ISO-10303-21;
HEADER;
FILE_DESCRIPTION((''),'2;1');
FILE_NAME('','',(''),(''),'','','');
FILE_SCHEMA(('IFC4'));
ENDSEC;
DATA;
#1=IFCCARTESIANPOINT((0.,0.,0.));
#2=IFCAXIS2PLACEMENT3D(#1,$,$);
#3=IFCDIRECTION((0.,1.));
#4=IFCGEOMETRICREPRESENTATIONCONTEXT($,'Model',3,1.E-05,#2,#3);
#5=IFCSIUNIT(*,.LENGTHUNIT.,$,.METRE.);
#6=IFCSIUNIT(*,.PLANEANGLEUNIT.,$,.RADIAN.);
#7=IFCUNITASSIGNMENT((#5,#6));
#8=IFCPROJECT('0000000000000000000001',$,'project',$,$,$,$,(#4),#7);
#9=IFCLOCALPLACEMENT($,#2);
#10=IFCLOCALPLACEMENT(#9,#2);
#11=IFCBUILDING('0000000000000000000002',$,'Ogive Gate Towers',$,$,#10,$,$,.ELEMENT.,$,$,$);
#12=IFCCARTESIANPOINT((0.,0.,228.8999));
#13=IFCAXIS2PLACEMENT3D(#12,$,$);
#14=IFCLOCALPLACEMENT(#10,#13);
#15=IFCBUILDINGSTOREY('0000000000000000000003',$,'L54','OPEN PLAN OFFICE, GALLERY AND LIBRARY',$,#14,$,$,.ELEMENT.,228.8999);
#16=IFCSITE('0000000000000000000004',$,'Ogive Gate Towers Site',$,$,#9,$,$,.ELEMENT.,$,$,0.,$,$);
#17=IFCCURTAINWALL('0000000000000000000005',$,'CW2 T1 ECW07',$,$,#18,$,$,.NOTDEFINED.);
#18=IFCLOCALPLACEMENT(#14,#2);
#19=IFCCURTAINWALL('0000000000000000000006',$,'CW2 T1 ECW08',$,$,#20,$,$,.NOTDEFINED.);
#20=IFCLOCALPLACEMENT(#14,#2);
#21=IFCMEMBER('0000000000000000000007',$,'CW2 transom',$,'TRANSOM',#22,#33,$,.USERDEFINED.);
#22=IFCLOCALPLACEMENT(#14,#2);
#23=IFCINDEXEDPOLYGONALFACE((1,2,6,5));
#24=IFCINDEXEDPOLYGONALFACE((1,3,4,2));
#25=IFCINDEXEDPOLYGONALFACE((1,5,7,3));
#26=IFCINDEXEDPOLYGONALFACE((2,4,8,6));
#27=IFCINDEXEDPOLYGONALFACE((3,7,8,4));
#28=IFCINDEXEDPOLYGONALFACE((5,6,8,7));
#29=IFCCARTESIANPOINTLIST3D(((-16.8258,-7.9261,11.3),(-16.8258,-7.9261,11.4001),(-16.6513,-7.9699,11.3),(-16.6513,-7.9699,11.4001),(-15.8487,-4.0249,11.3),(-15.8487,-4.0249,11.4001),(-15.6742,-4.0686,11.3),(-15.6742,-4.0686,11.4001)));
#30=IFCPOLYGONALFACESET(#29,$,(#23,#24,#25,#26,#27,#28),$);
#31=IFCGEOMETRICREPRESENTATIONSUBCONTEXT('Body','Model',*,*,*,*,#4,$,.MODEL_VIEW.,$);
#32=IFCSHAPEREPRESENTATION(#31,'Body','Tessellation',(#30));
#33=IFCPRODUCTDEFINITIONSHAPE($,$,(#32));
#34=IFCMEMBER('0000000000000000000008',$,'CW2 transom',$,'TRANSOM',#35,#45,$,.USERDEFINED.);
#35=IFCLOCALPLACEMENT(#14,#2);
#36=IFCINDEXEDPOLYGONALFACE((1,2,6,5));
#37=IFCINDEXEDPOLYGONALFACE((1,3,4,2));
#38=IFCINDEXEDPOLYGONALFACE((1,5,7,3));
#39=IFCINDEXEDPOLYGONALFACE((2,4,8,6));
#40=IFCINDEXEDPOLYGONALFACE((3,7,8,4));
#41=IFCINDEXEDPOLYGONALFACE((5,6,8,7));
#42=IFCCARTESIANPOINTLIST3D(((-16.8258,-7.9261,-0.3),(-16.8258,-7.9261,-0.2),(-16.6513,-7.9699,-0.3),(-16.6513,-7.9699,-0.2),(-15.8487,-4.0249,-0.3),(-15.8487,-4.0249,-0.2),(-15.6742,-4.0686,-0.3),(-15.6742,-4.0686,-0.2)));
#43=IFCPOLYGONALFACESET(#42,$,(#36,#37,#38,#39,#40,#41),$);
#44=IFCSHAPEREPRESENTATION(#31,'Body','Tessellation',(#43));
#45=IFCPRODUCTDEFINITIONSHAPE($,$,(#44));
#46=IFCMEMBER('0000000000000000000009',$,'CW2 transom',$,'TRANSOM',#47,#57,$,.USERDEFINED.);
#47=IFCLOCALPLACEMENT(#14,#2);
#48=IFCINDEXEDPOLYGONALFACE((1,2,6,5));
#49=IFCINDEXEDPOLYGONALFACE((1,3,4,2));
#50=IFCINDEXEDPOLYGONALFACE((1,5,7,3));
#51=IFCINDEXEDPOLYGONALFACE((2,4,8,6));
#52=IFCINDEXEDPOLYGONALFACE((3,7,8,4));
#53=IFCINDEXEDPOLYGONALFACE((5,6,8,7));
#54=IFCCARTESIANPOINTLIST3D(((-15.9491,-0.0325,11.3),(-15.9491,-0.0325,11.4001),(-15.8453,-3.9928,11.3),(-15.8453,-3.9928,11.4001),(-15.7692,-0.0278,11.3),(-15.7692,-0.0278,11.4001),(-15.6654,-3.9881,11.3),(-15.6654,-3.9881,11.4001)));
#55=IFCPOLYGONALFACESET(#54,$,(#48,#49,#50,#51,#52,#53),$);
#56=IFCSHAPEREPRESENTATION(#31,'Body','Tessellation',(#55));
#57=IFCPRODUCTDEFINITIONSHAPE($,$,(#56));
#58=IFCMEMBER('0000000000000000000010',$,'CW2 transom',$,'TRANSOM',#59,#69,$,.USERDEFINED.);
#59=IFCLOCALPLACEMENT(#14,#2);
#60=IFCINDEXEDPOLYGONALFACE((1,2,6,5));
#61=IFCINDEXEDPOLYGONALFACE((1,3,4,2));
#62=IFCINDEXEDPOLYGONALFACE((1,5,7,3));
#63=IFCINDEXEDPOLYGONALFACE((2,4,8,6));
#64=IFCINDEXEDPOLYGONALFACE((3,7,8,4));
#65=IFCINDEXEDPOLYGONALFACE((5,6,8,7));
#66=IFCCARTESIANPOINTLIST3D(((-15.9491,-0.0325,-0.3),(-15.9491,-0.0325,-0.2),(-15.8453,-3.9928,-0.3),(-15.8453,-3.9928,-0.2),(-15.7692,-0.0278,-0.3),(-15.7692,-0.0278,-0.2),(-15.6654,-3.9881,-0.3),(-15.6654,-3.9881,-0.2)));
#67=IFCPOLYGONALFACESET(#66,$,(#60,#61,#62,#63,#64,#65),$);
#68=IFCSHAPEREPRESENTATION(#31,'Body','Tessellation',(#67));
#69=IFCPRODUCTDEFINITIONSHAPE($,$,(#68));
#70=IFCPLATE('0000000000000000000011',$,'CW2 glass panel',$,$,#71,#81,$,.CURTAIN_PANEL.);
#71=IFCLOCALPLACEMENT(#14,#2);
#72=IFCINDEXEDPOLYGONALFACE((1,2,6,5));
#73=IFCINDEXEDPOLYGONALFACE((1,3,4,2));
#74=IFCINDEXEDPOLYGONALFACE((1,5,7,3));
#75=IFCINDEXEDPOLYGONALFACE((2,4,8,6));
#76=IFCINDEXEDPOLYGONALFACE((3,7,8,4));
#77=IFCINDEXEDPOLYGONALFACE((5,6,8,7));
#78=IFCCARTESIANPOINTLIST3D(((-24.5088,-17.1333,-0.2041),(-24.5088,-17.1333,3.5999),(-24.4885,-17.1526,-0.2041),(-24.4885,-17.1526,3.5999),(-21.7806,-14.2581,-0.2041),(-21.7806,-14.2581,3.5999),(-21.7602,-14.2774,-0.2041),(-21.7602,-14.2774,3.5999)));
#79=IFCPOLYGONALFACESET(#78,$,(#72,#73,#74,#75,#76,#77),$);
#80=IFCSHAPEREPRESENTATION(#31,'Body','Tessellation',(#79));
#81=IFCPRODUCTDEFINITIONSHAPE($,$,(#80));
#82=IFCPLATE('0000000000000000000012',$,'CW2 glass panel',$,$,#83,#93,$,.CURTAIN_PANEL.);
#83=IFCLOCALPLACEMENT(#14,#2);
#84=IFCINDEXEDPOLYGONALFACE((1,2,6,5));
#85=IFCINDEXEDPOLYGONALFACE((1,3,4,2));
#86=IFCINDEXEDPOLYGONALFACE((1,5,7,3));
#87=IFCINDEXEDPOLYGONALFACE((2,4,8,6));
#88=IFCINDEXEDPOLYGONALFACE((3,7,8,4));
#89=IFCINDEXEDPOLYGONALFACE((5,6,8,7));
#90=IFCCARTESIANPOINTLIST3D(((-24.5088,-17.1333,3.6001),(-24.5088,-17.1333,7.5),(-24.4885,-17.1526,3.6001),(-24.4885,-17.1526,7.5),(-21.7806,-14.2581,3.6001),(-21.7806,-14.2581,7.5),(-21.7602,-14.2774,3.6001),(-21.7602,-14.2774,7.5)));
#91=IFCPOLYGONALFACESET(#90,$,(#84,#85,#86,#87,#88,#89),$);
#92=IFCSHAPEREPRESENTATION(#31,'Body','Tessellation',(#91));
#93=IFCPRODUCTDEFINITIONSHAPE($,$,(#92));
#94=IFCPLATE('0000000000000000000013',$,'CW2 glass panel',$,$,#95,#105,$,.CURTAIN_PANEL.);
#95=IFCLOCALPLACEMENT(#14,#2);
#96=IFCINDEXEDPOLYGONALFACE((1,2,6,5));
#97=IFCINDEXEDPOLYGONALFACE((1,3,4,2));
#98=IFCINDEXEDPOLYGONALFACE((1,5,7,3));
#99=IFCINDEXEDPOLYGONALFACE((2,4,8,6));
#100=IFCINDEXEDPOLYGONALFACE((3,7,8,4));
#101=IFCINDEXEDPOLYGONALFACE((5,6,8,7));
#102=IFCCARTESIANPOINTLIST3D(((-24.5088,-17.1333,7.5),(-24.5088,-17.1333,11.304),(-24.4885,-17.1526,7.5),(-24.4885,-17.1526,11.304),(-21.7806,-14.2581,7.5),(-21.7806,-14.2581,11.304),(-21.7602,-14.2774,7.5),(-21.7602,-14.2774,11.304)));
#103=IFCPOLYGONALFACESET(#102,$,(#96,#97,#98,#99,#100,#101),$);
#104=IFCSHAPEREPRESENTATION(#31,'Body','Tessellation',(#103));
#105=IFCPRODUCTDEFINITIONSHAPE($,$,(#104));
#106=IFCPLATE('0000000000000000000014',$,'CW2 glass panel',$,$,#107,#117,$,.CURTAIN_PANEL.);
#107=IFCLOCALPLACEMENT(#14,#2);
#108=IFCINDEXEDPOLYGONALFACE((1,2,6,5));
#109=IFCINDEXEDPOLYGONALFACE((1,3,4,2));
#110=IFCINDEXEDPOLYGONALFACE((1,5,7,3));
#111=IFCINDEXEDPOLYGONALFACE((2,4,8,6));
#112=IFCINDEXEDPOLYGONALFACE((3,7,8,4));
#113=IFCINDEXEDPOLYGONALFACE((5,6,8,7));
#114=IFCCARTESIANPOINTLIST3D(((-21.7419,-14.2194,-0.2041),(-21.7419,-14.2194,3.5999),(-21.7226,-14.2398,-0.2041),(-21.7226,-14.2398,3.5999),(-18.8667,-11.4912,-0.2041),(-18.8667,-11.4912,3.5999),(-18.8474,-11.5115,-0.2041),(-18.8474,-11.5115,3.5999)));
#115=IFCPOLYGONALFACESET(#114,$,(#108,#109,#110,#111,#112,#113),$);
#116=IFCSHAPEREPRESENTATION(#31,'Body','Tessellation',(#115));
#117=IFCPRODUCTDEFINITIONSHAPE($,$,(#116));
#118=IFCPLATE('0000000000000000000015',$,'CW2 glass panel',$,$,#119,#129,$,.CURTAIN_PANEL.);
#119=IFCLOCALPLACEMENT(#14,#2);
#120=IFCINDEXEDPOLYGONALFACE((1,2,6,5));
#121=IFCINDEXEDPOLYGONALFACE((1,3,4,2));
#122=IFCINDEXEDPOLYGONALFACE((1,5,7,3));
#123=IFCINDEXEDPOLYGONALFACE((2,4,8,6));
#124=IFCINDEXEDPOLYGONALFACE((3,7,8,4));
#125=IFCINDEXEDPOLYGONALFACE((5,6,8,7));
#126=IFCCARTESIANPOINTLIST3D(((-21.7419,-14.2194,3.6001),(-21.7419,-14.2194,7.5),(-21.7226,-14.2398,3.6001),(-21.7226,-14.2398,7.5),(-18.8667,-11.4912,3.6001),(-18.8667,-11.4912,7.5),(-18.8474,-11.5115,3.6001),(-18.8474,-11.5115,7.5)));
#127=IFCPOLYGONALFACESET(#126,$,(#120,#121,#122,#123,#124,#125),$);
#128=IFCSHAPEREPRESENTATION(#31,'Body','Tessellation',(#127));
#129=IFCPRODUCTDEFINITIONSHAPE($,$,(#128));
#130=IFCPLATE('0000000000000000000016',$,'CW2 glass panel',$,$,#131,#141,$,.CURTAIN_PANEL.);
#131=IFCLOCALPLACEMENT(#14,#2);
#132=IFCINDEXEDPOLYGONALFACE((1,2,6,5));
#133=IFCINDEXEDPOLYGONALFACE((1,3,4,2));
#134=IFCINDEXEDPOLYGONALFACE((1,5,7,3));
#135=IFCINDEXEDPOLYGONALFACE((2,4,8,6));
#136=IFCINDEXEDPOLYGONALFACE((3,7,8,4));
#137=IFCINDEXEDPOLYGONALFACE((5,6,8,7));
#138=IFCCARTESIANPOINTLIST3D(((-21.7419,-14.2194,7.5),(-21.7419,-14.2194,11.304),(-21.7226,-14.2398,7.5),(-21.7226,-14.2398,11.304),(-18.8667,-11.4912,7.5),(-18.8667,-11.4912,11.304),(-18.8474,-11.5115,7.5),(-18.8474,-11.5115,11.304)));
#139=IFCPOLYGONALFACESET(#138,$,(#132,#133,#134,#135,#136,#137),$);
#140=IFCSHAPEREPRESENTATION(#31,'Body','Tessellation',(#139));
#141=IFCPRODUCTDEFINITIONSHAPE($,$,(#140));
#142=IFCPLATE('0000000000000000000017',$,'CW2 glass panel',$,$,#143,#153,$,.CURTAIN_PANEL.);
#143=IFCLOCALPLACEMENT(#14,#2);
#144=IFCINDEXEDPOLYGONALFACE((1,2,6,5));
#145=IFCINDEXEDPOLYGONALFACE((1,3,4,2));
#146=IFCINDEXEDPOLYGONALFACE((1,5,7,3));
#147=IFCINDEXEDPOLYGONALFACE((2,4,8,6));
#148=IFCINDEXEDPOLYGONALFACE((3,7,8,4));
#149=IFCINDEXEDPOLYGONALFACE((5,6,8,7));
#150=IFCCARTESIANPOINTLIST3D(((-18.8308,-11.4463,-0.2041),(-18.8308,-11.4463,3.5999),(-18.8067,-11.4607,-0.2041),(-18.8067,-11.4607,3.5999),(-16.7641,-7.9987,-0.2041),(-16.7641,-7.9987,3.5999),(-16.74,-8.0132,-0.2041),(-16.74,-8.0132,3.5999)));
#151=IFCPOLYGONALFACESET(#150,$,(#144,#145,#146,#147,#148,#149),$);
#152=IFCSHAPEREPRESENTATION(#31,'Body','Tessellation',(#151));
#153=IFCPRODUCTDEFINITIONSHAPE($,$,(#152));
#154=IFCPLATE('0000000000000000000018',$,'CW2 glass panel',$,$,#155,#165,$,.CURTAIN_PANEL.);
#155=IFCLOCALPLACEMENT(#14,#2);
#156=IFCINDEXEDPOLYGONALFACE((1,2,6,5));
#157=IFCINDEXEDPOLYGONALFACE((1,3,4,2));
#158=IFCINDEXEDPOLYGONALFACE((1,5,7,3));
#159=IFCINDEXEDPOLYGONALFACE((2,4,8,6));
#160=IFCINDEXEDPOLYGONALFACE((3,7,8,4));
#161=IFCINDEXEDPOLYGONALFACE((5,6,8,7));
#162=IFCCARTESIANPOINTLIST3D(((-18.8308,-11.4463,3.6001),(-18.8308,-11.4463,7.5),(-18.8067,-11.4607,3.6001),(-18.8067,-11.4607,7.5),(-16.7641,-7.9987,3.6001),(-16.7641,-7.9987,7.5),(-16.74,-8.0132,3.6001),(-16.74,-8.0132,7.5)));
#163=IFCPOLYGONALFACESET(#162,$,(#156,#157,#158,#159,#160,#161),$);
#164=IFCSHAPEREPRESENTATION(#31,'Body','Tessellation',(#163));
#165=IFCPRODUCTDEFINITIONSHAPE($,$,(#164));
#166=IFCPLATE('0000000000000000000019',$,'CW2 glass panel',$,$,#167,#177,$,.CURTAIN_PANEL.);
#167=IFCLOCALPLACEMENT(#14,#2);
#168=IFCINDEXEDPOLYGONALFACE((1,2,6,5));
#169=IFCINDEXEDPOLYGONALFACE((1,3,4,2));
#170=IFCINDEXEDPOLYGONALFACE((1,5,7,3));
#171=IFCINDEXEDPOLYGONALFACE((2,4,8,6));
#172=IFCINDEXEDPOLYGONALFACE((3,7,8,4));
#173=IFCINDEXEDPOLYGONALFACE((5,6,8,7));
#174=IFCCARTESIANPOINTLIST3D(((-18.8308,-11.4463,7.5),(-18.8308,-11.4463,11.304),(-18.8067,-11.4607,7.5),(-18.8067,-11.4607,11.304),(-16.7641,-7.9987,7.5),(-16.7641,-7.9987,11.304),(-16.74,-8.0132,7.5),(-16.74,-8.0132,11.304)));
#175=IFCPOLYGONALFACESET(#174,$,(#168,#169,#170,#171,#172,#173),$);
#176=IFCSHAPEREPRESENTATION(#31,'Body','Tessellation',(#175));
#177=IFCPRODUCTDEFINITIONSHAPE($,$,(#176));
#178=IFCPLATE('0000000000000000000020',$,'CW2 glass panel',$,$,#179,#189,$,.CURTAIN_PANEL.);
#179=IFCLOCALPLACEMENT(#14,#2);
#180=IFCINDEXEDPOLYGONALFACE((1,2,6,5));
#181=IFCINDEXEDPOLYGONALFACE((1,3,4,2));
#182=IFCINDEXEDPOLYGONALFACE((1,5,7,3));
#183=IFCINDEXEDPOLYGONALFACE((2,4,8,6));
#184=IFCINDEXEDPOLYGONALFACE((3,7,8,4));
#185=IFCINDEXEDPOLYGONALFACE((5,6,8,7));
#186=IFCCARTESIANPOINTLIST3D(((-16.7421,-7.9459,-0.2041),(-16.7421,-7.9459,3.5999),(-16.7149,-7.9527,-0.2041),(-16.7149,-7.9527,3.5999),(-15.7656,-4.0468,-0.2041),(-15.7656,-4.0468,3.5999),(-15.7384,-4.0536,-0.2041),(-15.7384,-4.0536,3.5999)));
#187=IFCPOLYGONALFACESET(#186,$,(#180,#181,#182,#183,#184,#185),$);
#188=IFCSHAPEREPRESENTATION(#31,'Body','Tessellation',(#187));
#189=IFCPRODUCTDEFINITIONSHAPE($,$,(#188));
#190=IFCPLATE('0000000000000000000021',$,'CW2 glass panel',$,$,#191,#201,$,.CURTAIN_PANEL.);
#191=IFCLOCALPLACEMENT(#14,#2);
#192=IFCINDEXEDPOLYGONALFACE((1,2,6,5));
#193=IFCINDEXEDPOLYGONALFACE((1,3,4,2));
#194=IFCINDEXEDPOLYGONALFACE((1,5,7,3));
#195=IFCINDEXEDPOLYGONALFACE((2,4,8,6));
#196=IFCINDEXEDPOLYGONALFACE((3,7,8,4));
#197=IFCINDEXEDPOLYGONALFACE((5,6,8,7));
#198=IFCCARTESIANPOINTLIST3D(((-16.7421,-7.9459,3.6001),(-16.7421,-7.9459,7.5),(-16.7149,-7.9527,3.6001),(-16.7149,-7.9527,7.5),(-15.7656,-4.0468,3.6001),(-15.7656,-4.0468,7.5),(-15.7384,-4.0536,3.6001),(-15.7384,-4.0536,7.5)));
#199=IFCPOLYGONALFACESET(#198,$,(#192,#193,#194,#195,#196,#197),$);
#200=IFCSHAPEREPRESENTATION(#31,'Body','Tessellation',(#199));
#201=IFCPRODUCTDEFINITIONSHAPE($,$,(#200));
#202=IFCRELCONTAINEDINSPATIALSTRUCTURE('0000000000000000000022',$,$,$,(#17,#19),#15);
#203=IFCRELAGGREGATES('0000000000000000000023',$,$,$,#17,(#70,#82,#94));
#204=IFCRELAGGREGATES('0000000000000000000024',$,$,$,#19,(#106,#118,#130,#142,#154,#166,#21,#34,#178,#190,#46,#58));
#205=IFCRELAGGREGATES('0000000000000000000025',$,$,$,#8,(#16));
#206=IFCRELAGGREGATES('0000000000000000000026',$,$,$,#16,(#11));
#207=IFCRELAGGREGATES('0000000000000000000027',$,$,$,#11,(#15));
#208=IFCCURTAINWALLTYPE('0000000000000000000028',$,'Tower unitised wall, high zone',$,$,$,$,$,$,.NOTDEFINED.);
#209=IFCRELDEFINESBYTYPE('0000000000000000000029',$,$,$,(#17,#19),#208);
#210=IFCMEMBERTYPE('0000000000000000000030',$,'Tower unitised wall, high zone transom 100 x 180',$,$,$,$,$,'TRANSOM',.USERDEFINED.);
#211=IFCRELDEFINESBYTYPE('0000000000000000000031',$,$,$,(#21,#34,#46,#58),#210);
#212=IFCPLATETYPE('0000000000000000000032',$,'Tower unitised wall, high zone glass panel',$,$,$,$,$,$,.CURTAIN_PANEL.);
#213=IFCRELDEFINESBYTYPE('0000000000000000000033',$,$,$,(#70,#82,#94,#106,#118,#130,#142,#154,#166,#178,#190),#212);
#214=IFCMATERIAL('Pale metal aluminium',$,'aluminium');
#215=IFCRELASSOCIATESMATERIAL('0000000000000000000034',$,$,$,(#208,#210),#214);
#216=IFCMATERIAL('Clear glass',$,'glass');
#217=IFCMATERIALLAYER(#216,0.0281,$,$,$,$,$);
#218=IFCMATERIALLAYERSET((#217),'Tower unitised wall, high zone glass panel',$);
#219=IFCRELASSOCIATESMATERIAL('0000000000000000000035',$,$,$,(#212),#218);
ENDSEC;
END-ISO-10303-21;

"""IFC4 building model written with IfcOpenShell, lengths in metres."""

from ifc_helpers import new_model, si_unit, direction, frame, origin, origin_2d, place, context, subcontext, project, spatial, rectangle, extrude, material, layer, layer_set, material_profile, profile_set, type_object, element, aggregate, save


model = new_model("IFC4")

# Units and contexts
model_context = context("Model", 3, precision=1e-05, world=origin(), true_north=direction((0.0, 1.0)))
body_context = subcontext(model_context, "Body", "Model", "MODEL_VIEW")
ifc_project = project(units=[si_unit("LENGTHUNIT", "METRE"), si_unit("PLANEANGLEUNIT", "RADIAN")], contexts=[model_context])

# Site, building, storey
site_placement = place(None, origin())
site = spatial("IfcSite", under=ifc_project, at=site_placement, Name="Ogive Gate Towers Site", CompositionType="ELEMENT", RefElevation=0.0)
building_placement = place(site_placement, origin())
building = spatial("IfcBuilding", under=site, at=building_placement, Name="Ogive Gate Towers", CompositionType="ELEMENT")
storey_placement = place(building_placement, frame((0.0, 0.0, 228.8999)))
storey = spatial("IfcBuildingStorey", under=building, at=storey_placement, Name="L54", Description="OPEN PLAN OFFICE, GALLERY AND LIBRARY", CompositionType="ELEMENT", Elevation=228.8999)

# Curtain wall
ifc_material_1 = material(Name="Pale metal aluminium", Category="aluminium")
curtain_wall_type = type_object("IfcCurtainWallType", Name="Tower unitised wall, high zone", PredefinedType="NOTDEFINED", material=ifc_material_1)
curtain_wall_1_placement = place(storey_placement, origin())
curtain_wall_1 = element("IfcCurtainWall", 1, at=curtain_wall_1_placement, inside=storey, type_object=curtain_wall_type, Name="CW2 T1 ECW07", PredefinedType="NOTDEFINED")

# Curtain wall
curtain_wall_2_placement = place(storey_placement, origin())
curtain_wall_2 = element("IfcCurtainWall", 2, at=curtain_wall_2_placement, inside=storey, type_object=curtain_wall_type, Name="CW2 T1 ECW08", PredefinedType="NOTDEFINED")

# Members
ifc_material_profile_1 = material_profile(ifc_material_1, rectangle(XDim=0.1799, YDim=0.1001, at=origin_2d()), Name="100 x 180 aluminium box")
ifc_profile_set_1 = profile_set([ifc_material_profile_1], Name="Pale metal aluminium")
member_type_1 = type_object("IfcMemberType", Name="Tower unitised wall, high zone transom 100 x 180", ElementType="TRANSOM", PredefinedType="USERDEFINED", material=ifc_profile_set_1)
member_1_placement = place(storey_placement, frame((-16.7385, -7.948, 11.3501), z_axis=(0.24295, 0.970039, 0.0), x_axis=(-0.970039, 0.24295, 0.0)))
member_1 = element("IfcMember", 3, at=member_1_placement, type_object=member_type_1, Name="CW2 transom", ObjectType="TRANSOM", PredefinedType="USERDEFINED", context=body_context, shape_type="SweptSolid", body=[
    extrude(rectangle(XDim=0.1799, YDim=0.1001, at=origin_2d()), origin(), (0.0, 0.0, 1.0), 4.0217),
])
member_2_placement = place(storey_placement, frame((-16.7385, -7.948, -0.25), z_axis=(0.24295, 0.970039, 0.0), x_axis=(-0.970039, 0.24295, 0.0)))
member_2 = element("IfcMember", 4, at=member_2_placement, type_object=member_type_1, Name="CW2 transom", ObjectType="TRANSOM", PredefinedType="USERDEFINED", context=body_context, shape_type="SweptSolid", body=[
    extrude(rectangle(XDim=0.1799, YDim=0.1001, at=origin_2d()), origin(), (0.0, 0.0, 1.0), 4.0217),
])
member_3_placement = place(storey_placement, frame((-15.7554, -3.9905, 11.3501), z_axis=(-0.026192, 0.999657, 0.0), x_axis=(-0.999657, -0.026192, 0.0)))
member_3 = element("IfcMember", 5, at=member_3_placement, type_object=member_type_1, Name="CW2 transom", ObjectType="TRANSOM", PredefinedType="USERDEFINED", context=body_context, shape_type="SweptSolid", body=[
    extrude(rectangle(XDim=0.1799, YDim=0.1001, at=origin_2d()), origin(), (0.0, 0.0, 1.0), 3.9617),
])
member_4_placement = place(storey_placement, frame((-15.7554, -3.9905, -0.25), z_axis=(-0.026192, 0.999657, 0.0), x_axis=(-0.999657, -0.026192, 0.0)))
member_4 = element("IfcMember", 6, at=member_4_placement, type_object=member_type_1, Name="CW2 transom", ObjectType="TRANSOM", PredefinedType="USERDEFINED", context=body_context, shape_type="SweptSolid", body=[
    extrude(rectangle(XDim=0.1799, YDim=0.1001, at=origin_2d()), origin(), (0.0, 0.0, 1.0), 3.9617),
])

# Plates
ifc_material_2 = material(Name="Clear glass", Category="glass")
ifc_layer_1 = layer(ifc_material_2, 0.0281)
ifc_layer_set_1 = layer_set([ifc_layer_1], Name="Tower unitised wall, high zone glass panel")
plate_type = type_object("IfcPlateType", Name="Tower unitised wall, high zone glass panel", PredefinedType="CURTAIN_PANEL", material=ifc_layer_set_1)
plate_1_placement = place(storey_placement, frame((-23.1345, -15.7053, -0.2041), z_axis=(0.0, 0.0, 1.0), x_axis=(0.688329, 0.725398, 0.0)))
plate_1 = element("IfcPlate", 7, at=plate_1_placement, type_object=plate_type, Name="CW2 glass panel", PredefinedType="CURTAIN_PANEL", context=body_context, shape_type="SweptSolid", body=[
    extrude(rectangle(XDim=3.9636, YDim=0.0281, at=origin_2d()), origin(), (0.0, 0.0, 1.0), 3.804),
])
plate_2_placement = place(storey_placement, frame((-23.1345, -15.7053, 3.6001), z_axis=(0.0, 0.0, 1.0), x_axis=(0.688329, 0.725398, 0.0)))
plate_2 = element("IfcPlate", 8, at=plate_2_placement, type_object=plate_type, Name="CW2 glass panel", PredefinedType="CURTAIN_PANEL", context=body_context, shape_type="SweptSolid", body=[
    extrude(rectangle(XDim=3.9636, YDim=0.0281, at=origin_2d()), origin(), (0.0, 0.0, 1.0), 3.8999),
])
plate_3_placement = place(storey_placement, frame((-23.1345, -15.7053, 7.5), z_axis=(0.0, 0.0, 1.0), x_axis=(0.688329, 0.725398, 0.0)))
plate_3 = element("IfcPlate", 9, at=plate_3_placement, type_object=plate_type, Name="CW2 glass panel", PredefinedType="CURTAIN_PANEL", context=body_context, shape_type="SweptSolid", body=[
    extrude(rectangle(XDim=3.9636, YDim=0.0281, at=origin_2d()), origin(), (0.0, 0.0, 1.0), 3.804),
])
aggregate(curtain_wall_1, [plate_1, plate_2, plate_3])
plate_4_placement = place(storey_placement, frame((-20.2947, -12.8655, -0.2041), z_axis=(0.0, 0.0, 1.0), x_axis=(0.725398, 0.688329, 0.0)))
plate_4 = element("IfcPlate", 10, at=plate_4_placement, type_object=plate_type, Name="CW2 glass panel", PredefinedType="CURTAIN_PANEL", context=body_context, shape_type="SweptSolid", body=[
    extrude(rectangle(XDim=3.9636, YDim=0.0281, at=origin_2d()), origin(), (0.0, 0.0, 1.0), 3.804),
])
plate_5_placement = place(storey_placement, frame((-20.2947, -12.8655, 3.6001), z_axis=(0.0, 0.0, 1.0), x_axis=(0.725398, 0.688329, 0.0)))
plate_5 = element("IfcPlate", 11, at=plate_5_placement, type_object=plate_type, Name="CW2 glass panel", PredefinedType="CURTAIN_PANEL", context=body_context, shape_type="SweptSolid", body=[
    extrude(rectangle(XDim=3.9636, YDim=0.0281, at=origin_2d()), origin(), (0.0, 0.0, 1.0), 3.8999),
])
plate_6_placement = place(storey_placement, frame((-20.2947, -12.8655, 7.5), z_axis=(0.0, 0.0, 1.0), x_axis=(0.725398, 0.688329, 0.0)))
plate_6 = element("IfcPlate", 12, at=plate_6_placement, type_object=plate_type, Name="CW2 glass panel", PredefinedType="CURTAIN_PANEL", context=body_context, shape_type="SweptSolid", body=[
    extrude(rectangle(XDim=3.9636, YDim=0.0281, at=origin_2d()), origin(), (0.0, 0.0, 1.0), 3.804),
])
plate_7_placement = place(storey_placement, frame((-17.7854, -9.7297, -0.2041), z_axis=(0.0, 0.0, 1.0), x_axis=(0.514155, 0.857697, 0.0)))
plate_7 = element("IfcPlate", 13, at=plate_7_placement, type_object=plate_type, Name="CW2 glass panel", PredefinedType="CURTAIN_PANEL", context=body_context, shape_type="SweptSolid", body=[
    extrude(rectangle(XDim=4.0195, YDim=0.0281, at=origin_2d()), origin(), (0.0, 0.0, 1.0), 3.804),
])
plate_8_placement = place(storey_placement, frame((-17.7854, -9.7297, 3.6001), z_axis=(0.0, 0.0, 1.0), x_axis=(0.514155, 0.857697, 0.0)))
plate_8 = element("IfcPlate", 14, at=plate_8_placement, type_object=plate_type, Name="CW2 glass panel", PredefinedType="CURTAIN_PANEL", context=body_context, shape_type="SweptSolid", body=[
    extrude(rectangle(XDim=4.0195, YDim=0.0281, at=origin_2d()), origin(), (0.0, 0.0, 1.0), 3.8999),
])
plate_9_placement = place(storey_placement, frame((-17.7854, -9.7297, 7.5), z_axis=(0.0, 0.0, 1.0), x_axis=(0.514155, 0.857697, 0.0)))
plate_9 = element("IfcPlate", 15, at=plate_9_placement, type_object=plate_type, Name="CW2 glass panel", PredefinedType="CURTAIN_PANEL", context=body_context, shape_type="SweptSolid", body=[
    extrude(rectangle(XDim=4.0195, YDim=0.0281, at=origin_2d()), origin(), (0.0, 0.0, 1.0), 3.804),
])
plate_10_placement = place(storey_placement, frame((-16.2402, -5.9998, -0.2041), z_axis=(0.0, 0.0, 1.0), x_axis=(0.242938, 0.970042, 0.0)))
plate_10 = element("IfcPlate", 16, at=plate_10_placement, type_object=plate_type, Name="CW2 glass panel", PredefinedType="CURTAIN_PANEL", context=body_context, shape_type="SweptSolid", body=[
    extrude(rectangle(XDim=4.0195, YDim=0.0281, at=origin_2d()), origin(), (0.0, 0.0, 1.0), 3.804),
])
plate_11_placement = place(storey_placement, frame((-16.2402, -5.9998, 3.6001), z_axis=(0.0, 0.0, 1.0), x_axis=(0.242938, 0.970042, 0.0)))
plate_11 = element("IfcPlate", 17, at=plate_11_placement, type_object=plate_type, Name="CW2 glass panel", PredefinedType="CURTAIN_PANEL", context=body_context, shape_type="SweptSolid", body=[
    extrude(rectangle(XDim=4.0195, YDim=0.0281, at=origin_2d()), origin(), (0.0, 0.0, 1.0), 3.8999),
])
aggregate(curtain_wall_2, [plate_4, plate_5, plate_6, plate_7, plate_8, plate_9, member_1, member_2, plate_10, plate_11, member_3, member_4])

save(model, "model.ifc")
